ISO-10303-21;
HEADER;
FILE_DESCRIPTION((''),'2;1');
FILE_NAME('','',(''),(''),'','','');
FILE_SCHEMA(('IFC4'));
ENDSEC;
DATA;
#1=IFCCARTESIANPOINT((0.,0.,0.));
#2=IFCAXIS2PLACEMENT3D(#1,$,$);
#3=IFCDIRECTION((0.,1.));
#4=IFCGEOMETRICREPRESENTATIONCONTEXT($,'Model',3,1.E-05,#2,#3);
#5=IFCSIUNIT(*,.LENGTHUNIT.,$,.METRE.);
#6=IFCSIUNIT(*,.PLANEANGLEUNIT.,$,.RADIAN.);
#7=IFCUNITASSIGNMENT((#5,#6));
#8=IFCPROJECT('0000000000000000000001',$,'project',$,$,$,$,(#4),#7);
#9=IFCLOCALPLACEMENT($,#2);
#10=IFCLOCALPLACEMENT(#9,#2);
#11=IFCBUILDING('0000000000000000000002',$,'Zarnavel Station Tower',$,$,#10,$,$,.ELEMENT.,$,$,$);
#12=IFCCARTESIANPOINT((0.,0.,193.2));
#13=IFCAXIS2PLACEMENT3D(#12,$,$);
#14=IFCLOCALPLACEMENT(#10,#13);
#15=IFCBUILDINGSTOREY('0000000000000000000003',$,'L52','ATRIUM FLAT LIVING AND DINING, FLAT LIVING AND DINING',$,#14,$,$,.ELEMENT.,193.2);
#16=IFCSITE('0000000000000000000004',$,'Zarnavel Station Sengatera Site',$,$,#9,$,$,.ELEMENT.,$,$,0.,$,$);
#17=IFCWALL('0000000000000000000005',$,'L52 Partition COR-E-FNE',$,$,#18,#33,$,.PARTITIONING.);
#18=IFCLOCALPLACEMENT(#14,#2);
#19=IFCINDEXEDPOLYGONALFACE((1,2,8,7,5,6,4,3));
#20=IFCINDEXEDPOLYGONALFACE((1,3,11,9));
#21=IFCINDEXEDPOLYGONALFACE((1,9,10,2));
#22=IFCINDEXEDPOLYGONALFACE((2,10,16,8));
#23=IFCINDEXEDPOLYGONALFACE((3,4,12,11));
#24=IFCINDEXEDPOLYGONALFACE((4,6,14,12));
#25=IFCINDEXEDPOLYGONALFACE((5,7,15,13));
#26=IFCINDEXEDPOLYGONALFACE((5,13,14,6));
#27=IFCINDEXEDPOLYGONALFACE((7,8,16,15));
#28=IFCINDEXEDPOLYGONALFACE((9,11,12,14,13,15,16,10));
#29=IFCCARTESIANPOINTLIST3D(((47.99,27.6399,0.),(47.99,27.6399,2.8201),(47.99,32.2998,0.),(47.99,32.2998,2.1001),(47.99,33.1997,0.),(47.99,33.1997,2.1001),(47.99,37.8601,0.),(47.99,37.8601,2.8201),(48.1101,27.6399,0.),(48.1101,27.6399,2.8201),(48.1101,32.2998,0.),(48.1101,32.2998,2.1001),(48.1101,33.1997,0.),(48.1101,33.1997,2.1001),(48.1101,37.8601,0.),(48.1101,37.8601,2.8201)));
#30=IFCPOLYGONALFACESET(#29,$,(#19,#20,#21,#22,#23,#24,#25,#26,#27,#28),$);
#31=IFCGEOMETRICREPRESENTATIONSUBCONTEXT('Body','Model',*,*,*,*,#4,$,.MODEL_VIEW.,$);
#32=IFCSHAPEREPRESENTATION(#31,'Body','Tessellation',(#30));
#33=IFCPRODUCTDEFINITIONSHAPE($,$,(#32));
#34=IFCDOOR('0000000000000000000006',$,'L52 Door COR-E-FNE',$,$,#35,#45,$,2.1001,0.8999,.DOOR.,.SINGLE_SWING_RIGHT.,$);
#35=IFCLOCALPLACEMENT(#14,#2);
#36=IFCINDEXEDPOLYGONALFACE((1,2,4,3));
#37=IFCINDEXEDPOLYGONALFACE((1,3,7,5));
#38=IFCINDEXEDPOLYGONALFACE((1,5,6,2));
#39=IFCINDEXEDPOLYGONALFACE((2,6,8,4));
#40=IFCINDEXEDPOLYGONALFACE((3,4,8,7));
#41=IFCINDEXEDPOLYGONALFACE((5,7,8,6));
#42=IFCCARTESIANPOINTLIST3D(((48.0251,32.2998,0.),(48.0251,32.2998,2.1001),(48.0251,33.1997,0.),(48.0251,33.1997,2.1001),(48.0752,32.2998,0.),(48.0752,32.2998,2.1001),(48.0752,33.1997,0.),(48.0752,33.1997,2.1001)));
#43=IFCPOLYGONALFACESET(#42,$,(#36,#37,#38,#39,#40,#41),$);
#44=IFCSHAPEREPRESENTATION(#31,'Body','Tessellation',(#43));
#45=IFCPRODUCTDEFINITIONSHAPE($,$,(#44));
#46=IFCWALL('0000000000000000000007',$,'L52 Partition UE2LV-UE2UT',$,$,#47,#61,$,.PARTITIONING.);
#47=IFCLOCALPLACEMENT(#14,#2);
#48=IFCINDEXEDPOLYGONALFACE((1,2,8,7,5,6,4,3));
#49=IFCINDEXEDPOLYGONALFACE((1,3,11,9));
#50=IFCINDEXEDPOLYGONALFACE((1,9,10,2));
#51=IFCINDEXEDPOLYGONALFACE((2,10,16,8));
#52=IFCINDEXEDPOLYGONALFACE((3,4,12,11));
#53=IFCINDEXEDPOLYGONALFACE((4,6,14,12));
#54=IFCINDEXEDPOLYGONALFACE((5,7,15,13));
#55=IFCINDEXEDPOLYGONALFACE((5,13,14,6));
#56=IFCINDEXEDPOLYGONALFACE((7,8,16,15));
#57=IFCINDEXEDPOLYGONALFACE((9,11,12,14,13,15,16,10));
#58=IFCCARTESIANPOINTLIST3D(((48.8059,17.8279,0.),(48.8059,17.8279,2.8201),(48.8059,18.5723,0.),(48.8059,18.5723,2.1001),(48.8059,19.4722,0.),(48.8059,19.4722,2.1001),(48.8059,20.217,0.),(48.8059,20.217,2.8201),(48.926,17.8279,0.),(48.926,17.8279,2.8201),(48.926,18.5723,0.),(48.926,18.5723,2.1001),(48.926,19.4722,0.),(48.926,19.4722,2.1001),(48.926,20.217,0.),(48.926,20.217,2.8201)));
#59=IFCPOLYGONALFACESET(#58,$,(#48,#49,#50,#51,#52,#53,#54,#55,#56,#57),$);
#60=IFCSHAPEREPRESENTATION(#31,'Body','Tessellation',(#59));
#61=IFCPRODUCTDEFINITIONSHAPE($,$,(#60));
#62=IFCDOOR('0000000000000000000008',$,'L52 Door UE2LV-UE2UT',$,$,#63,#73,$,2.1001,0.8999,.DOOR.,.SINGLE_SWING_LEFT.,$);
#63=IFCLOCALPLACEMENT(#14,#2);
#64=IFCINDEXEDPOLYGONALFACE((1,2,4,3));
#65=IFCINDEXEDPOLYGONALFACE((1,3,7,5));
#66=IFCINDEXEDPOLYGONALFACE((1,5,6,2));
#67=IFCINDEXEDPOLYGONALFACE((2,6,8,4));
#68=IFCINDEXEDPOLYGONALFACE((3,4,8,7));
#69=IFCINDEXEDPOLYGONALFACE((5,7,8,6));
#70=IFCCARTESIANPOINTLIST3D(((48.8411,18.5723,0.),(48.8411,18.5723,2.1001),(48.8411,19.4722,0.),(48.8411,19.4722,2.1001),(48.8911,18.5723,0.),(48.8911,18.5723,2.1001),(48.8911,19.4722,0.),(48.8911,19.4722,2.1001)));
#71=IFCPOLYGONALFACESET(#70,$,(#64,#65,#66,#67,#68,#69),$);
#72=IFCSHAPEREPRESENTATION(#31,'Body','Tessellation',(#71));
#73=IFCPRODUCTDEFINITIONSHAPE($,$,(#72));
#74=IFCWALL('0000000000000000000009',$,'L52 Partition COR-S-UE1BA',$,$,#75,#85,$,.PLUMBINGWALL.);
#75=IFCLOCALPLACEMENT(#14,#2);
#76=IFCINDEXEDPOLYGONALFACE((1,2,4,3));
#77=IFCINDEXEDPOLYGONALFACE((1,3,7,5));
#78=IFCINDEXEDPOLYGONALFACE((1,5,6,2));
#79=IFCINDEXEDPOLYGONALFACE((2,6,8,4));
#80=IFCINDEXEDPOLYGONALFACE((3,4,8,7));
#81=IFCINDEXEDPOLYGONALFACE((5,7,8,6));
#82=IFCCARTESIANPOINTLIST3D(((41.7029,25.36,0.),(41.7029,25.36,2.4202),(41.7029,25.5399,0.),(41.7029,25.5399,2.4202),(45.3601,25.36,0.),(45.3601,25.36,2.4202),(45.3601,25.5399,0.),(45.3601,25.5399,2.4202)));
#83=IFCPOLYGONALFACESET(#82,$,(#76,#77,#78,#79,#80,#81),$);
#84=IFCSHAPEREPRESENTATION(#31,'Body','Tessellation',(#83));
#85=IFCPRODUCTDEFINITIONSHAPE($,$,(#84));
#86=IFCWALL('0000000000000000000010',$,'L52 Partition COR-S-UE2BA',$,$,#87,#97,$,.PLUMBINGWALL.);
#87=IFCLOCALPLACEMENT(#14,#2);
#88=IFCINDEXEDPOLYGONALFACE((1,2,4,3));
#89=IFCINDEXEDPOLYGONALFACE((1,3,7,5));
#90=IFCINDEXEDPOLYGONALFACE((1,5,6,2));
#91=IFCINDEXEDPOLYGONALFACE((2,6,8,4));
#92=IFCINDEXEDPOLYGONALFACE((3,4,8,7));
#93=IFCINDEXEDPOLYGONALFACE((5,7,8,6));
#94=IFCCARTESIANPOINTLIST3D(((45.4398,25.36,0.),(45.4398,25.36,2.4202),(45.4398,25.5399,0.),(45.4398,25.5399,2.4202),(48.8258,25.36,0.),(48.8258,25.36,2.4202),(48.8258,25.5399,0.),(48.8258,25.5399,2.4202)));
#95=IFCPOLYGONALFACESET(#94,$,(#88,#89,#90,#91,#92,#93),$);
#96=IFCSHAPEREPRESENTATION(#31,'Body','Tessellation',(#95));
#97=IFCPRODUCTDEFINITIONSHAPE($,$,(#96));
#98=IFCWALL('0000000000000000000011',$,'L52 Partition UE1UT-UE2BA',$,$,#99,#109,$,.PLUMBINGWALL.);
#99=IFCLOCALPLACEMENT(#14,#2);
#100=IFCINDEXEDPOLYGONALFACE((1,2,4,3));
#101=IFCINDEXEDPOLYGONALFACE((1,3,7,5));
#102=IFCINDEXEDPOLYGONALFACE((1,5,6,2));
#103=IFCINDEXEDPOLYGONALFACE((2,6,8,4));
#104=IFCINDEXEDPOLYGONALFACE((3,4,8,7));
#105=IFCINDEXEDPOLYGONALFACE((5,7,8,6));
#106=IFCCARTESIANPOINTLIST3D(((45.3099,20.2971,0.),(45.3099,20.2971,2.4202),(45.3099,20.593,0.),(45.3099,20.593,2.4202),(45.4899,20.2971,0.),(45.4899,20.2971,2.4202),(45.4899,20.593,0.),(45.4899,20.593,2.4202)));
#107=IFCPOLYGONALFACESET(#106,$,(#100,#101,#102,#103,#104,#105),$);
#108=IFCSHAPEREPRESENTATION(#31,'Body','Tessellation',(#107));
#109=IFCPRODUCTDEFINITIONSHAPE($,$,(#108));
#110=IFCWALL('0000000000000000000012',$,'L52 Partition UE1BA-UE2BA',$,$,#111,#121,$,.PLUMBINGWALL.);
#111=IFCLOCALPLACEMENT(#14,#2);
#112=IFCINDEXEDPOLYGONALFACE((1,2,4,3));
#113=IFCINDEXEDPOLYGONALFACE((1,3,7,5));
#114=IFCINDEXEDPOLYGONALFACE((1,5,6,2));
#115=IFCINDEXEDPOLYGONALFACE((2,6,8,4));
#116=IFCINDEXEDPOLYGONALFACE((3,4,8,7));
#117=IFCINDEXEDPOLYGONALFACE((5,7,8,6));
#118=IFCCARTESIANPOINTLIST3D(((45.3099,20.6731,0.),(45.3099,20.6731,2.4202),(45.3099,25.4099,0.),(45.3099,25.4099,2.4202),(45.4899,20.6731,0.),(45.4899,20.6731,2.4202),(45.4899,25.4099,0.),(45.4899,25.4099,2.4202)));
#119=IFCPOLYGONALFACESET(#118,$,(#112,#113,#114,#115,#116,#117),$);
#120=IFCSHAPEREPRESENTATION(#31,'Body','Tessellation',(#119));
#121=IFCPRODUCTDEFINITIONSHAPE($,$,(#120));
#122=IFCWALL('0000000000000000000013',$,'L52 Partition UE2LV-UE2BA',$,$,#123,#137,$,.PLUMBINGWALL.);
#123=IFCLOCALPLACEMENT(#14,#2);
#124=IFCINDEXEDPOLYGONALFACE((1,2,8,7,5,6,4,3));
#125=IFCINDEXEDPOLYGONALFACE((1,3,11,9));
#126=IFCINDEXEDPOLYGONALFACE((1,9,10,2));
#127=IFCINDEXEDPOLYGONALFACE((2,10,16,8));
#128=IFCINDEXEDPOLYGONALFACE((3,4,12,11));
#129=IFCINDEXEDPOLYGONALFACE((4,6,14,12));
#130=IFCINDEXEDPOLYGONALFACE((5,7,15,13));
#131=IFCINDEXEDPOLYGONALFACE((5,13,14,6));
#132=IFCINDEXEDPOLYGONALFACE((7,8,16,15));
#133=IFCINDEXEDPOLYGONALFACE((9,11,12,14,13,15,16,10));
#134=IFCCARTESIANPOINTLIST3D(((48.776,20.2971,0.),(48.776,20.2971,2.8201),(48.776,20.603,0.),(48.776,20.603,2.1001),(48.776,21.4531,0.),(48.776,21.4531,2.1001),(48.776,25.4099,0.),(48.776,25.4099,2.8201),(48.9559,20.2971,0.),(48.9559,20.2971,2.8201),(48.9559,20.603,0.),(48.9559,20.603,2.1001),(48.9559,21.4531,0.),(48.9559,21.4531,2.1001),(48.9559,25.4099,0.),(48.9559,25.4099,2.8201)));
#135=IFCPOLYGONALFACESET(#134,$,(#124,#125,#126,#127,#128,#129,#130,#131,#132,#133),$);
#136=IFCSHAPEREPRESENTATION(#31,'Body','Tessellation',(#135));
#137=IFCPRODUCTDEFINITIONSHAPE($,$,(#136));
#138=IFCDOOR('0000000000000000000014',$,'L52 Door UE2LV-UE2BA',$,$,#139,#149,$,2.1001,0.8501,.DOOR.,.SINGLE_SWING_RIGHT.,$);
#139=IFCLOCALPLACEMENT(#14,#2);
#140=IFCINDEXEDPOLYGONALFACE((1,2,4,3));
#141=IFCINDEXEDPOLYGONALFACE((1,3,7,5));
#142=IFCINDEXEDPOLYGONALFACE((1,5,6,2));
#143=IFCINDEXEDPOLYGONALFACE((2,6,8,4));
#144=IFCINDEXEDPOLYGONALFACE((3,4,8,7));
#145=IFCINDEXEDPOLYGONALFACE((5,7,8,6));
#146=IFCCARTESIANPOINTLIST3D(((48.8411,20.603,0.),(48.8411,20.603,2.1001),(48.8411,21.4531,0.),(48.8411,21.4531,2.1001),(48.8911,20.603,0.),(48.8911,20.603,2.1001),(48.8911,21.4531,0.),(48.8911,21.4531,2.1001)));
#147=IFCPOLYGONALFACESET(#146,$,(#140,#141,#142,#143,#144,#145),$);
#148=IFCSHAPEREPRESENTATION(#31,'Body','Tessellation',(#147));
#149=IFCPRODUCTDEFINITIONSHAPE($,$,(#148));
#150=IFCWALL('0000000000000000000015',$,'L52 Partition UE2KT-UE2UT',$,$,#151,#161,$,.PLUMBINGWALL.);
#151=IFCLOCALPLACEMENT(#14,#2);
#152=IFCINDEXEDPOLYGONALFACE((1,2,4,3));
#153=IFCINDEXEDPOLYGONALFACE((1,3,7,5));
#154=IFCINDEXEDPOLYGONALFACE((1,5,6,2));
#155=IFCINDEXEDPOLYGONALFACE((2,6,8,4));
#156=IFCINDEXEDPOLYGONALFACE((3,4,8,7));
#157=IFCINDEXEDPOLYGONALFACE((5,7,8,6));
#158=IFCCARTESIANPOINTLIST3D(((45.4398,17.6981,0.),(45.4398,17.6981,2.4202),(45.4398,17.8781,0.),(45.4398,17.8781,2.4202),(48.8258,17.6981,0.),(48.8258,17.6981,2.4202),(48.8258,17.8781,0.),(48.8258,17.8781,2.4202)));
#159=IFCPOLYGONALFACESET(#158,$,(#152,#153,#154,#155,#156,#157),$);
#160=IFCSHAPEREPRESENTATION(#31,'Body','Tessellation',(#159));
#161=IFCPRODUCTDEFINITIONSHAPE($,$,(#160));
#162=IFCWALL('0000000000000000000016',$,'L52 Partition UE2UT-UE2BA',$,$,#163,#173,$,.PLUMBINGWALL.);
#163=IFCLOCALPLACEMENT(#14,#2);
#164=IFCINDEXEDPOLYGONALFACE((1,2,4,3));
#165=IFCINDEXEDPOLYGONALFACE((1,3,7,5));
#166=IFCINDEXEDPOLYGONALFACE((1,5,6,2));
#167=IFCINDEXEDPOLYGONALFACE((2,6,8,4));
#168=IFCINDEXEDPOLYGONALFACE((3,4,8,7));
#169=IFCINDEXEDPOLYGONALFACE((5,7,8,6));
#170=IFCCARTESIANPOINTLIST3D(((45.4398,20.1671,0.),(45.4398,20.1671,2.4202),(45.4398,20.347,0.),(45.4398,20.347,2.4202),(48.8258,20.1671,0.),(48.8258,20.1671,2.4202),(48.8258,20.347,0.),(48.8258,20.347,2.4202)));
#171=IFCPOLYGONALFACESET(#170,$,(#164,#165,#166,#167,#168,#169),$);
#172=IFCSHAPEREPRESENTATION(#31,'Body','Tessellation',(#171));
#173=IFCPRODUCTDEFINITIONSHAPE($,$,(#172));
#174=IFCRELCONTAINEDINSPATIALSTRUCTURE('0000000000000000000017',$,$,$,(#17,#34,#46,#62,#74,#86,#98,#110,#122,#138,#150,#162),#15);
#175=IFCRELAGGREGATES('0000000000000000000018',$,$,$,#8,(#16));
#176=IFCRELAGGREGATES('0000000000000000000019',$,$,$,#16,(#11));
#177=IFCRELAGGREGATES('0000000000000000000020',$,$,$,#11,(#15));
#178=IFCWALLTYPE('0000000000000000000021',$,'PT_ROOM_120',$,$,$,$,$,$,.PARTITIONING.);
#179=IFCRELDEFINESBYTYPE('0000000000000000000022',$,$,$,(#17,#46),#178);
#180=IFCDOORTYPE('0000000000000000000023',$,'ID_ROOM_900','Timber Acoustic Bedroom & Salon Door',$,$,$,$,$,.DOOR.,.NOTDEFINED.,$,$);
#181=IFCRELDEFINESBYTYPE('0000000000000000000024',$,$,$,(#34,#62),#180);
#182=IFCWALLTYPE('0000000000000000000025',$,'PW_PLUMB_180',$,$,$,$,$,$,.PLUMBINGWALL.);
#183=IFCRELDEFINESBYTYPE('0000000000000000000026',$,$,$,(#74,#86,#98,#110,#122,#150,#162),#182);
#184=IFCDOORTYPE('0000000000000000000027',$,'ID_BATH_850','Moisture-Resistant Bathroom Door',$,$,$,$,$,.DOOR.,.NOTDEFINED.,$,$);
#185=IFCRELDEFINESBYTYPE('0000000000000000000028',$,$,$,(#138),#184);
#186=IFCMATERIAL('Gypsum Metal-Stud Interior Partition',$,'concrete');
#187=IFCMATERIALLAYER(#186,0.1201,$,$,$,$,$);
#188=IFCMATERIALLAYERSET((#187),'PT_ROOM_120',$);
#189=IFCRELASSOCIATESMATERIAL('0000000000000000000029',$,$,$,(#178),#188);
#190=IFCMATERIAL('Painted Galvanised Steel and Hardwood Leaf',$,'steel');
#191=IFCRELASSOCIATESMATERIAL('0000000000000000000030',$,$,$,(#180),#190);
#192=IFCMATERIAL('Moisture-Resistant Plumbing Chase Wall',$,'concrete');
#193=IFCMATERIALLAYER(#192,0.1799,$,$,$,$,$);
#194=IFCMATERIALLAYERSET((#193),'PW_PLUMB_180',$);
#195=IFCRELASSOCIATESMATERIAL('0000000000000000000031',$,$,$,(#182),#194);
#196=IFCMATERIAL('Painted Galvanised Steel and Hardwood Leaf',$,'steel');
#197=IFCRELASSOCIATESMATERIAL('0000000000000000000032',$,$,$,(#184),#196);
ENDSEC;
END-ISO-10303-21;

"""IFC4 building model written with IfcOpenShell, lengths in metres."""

from ifc_helpers import new_model, si_unit, direction, frame, frame_2d, origin, place, context, subcontext, project, spatial, rectangle, extrude, material, layer, layer_set, type_object, element, fill, save


model = new_model("IFC4")

# Units and contexts
model_context = context("Model", 3, precision=1e-05, world=origin(), true_north=direction((0.0, 1.0)))
body_context = subcontext(model_context, "Body", "Model", "MODEL_VIEW")
ifc_project = project(units=[si_unit("LENGTHUNIT", "METRE"), si_unit("PLANEANGLEUNIT", "RADIAN")], contexts=[model_context])

# Site, building, storey
site_placement = place(None, origin())
site = spatial("IfcSite", under=ifc_project, at=site_placement, Name="Zarnavel Station Sengatera Site", CompositionType="ELEMENT", RefElevation=0.0)
building_placement = place(site_placement, origin())
building = spatial("IfcBuilding", under=site, at=building_placement, Name="Zarnavel Station Tower", CompositionType="ELEMENT")
storey_placement = place(building_placement, frame((0.0, 0.0, 193.2)))
storey = spatial("IfcBuildingStorey", under=building, at=storey_placement, Name="L52", Description="ATRIUM FLAT LIVING AND DINING, FLAT LIVING AND DINING", CompositionType="ELEMENT", Elevation=193.2)

# Walls, openings, doors
ifc_material_1 = material(Name="Gypsum Metal-Stud Interior Partition", Category="concrete")
ifc_layer_1 = layer(ifc_material_1, 0.1201)
ifc_layer_set_1 = layer_set([ifc_layer_1], Name="PT_ROOM_120")
wall_type_1 = type_object("IfcWallType", Name="PT_ROOM_120", PredefinedType="PARTITIONING", material=ifc_layer_set_1)
ifc_material_2 = material(Name="Painted Galvanised Steel and Hardwood Leaf", Category="steel")
door_type_1 = type_object("IfcDoorType", Name="ID_ROOM_900", Description="Timber Acoustic Bedroom & Salon Door", OperationType="NOTDEFINED", PredefinedType="DOOR", material=ifc_material_2)
wall_1_placement = place(storey_placement, frame((48.05, 27.6399, 0.0), z_axis=(0.0, 0.0, 1.0), x_axis=(0.0, 1.0, 0.0)))
wall_1 = element("IfcWall", 1, at=wall_1_placement, inside=storey, type_object=wall_type_1, Name="L52 Partition COR-E-FNE", PredefinedType="PARTITIONING", context=body_context, shape_type="SweptSolid", body=[
    extrude(rectangle(XDim=10.2202, YDim=0.1201, at=frame_2d((5.1101, 0.0))), origin(), (0.0, 0.0, 1.0), 2.8201),
])
opening_1_placement = place(wall_1_placement, frame((4.6599, 0.0, 0.0)))
opening_1 = element("IfcOpeningElement", 2, at=opening_1_placement, cuts=wall_1, PredefinedType="OPENING", context=body_context, shape_type="SweptSolid", body=[
    extrude(rectangle(XDim=0.8999, YDim=2.1001, at=frame_2d((0.45, 1.05))), frame((0.0, 0.0701, 0.0), z_axis=(0.0, -1.0, 0.0), x_axis=(1.0, 0.0, 0.0)), (0.0, 0.0, 1.0), 0.1401),
])
door_1_placement = place(opening_1_placement, origin())
door_1 = element("IfcDoor", 3, at=door_1_placement, inside=storey, type_object=door_type_1, Name="L52 Door COR-E-FNE", OperationType="SINGLE_SWING_RIGHT", OverallHeight=2.1001, OverallWidth=0.8999, PredefinedType="DOOR", context=body_context, shape_type="SweptSolid", body=[
    extrude(rectangle(XDim=0.8999, YDim=2.1001, at=frame_2d((0.45, 1.05))), frame((0.0, 0.0249, 0.0), z_axis=(0.0, -1.0, 0.0), x_axis=(1.0, 0.0, 0.0)), (0.0, 0.0, 1.0), 0.05),
])
fill(opening_1, door_1)
wall_2_placement = place(storey_placement, frame((48.866, 17.8279, 0.0), z_axis=(0.0, 0.0, 1.0), x_axis=(0.0, 1.0, 0.0)))
wall_2 = element("IfcWall", 4, at=wall_2_placement, inside=storey, type_object=wall_type_1, Name="L52 Partition UE2LV-UE2UT", PredefinedType="PARTITIONING", context=body_context, shape_type="SweptSolid", body=[
    extrude(rectangle(XDim=2.3892, YDim=0.1201, at=frame_2d((1.1946, 0.0))), origin(), (0.0, 0.0, 1.0), 2.8201),
])
opening_2_placement = place(wall_2_placement, frame((0.7444, 0.0, 0.0)))
opening_2 = element("IfcOpeningElement", 5, at=opening_2_placement, cuts=wall_2, PredefinedType="OPENING", context=body_context, shape_type="SweptSolid", body=[
    extrude(rectangle(XDim=0.8999, YDim=2.1001, at=frame_2d((0.45, 1.05))), frame((0.0, 0.0701, 0.0), z_axis=(0.0, -1.0, 0.0), x_axis=(1.0, 0.0, 0.0)), (0.0, 0.0, 1.0), 0.1401),
])
door_2_placement = place(opening_2_placement, origin())
door_2 = element("IfcDoor", 6, at=door_2_placement, inside=storey, type_object=door_type_1, Name="L52 Door UE2LV-UE2UT", OperationType="SINGLE_SWING_LEFT", OverallHeight=2.1001, OverallWidth=0.8999, PredefinedType="DOOR", context=body_context, shape_type="SweptSolid", body=[
    extrude(rectangle(XDim=0.8999, YDim=2.1001, at=frame_2d((0.45, 1.05))), frame((0.0, 0.0249, 0.0), z_axis=(0.0, -1.0, 0.0), x_axis=(1.0, 0.0, 0.0)), (0.0, 0.0, 1.0), 0.05),
])
fill(opening_2, door_2)

# Walls
ifc_material_3 = material(Name="Moisture-Resistant Plumbing Chase Wall", Category="concrete")
ifc_layer_2 = layer(ifc_material_3, 0.1799)
ifc_layer_set_2 = layer_set([ifc_layer_2], Name="PW_PLUMB_180")
wall_type_2 = type_object("IfcWallType", Name="PW_PLUMB_180", PredefinedType="PLUMBINGWALL", material=ifc_layer_set_2)
wall_3_placement = place(storey_placement, frame((41.7029, 25.45, 0.0), z_axis=(0.0, 0.0, 1.0), x_axis=(1.0, 0.0, 0.0)))
element("IfcWall", 7, at=wall_3_placement, inside=storey, type_object=wall_type_2, Name="L52 Partition COR-S-UE1BA", PredefinedType="PLUMBINGWALL", context=body_context, shape_type="SweptSolid", body=[
    extrude(rectangle(XDim=3.6572, YDim=0.1799, at=frame_2d((1.8286, 0.0))), origin(), (0.0, 0.0, 1.0), 2.4202),
])
wall_4_placement = place(storey_placement, frame((45.4399, 25.45, 0.0), z_axis=(0.0, 0.0, 1.0), x_axis=(1.0, 0.0, 0.0)))
element("IfcWall", 8, at=wall_4_placement, inside=storey, type_object=wall_type_2, Name="L52 Partition COR-S-UE2BA", PredefinedType="PLUMBINGWALL", context=body_context, shape_type="SweptSolid", body=[
    extrude(rectangle(XDim=3.386, YDim=0.1799, at=frame_2d((1.6929, 0.0))), origin(), (0.0, 0.0, 1.0), 2.4202),
])
wall_5_placement = place(storey_placement, frame((45.3999, 20.2971, 0.0), z_axis=(0.0, 0.0, 1.0), x_axis=(0.0, 1.0, 0.0)))
element("IfcWall", 9, at=wall_5_placement, inside=storey, type_object=wall_type_2, Name="L52 Partition UE1UT-UE2BA", PredefinedType="PLUMBINGWALL", context=body_context, shape_type="SweptSolid", body=[
    extrude(rectangle(XDim=0.2959, YDim=0.1799, at=frame_2d((0.1479, 0.0))), origin(), (0.0, 0.0, 1.0), 2.4202),
])
wall_6_placement = place(storey_placement, frame((45.3999, 20.6731, 0.0), z_axis=(0.0, 0.0, 1.0), x_axis=(0.0, 1.0, 0.0)))
element("IfcWall", 10, at=wall_6_placement, inside=storey, type_object=wall_type_2, Name="L52 Partition UE1BA-UE2BA", PredefinedType="PLUMBINGWALL", context=body_context, shape_type="SweptSolid", body=[
    extrude(rectangle(XDim=4.7368, YDim=0.1799, at=frame_2d((2.3684, 0.0))), origin(), (0.0, 0.0, 1.0), 2.4202),
])

# Wall, opening, door
wall_7_placement = place(storey_placement, frame((48.866, 20.2971, 0.0), z_axis=(0.0, 0.0, 1.0), x_axis=(0.0, 1.0, 0.0)))
wall_7 = element("IfcWall", 11, at=wall_7_placement, inside=storey, type_object=wall_type_2, Name="L52 Partition UE2LV-UE2BA", PredefinedType="PLUMBINGWALL", context=body_context, shape_type="SweptSolid", body=[
    extrude(rectangle(XDim=5.1128, YDim=0.1799, at=frame_2d((2.5564, 0.0))), origin(), (0.0, 0.0, 1.0), 2.8201),
])
opening_3_placement = place(wall_7_placement, frame((0.3059, 0.0, 0.0)))
opening_3 = element("IfcOpeningElement", 12, at=opening_3_placement, cuts=wall_7, PredefinedType="OPENING", context=body_context, shape_type="SweptSolid", body=[
    extrude(rectangle(XDim=0.8501, YDim=2.1001, at=frame_2d((0.425, 1.05))), frame((0.0, 0.0999, 0.0), z_axis=(0.0, -1.0, 0.0), x_axis=(1.0, 0.0, 0.0)), (0.0, 0.0, 1.0), 0.2),
])
ifc_material_4 = material(Name="Painted Galvanised Steel and Hardwood Leaf", Category="steel")
door_type_2 = type_object("IfcDoorType", Name="ID_BATH_850", Description="Moisture-Resistant Bathroom Door", OperationType="NOTDEFINED", PredefinedType="DOOR", material=ifc_material_4)
door_3_placement = place(opening_3_placement, origin())
door_3 = element("IfcDoor", 13, at=door_3_placement, inside=storey, type_object=door_type_2, Name="L52 Door UE2LV-UE2BA", OperationType="SINGLE_SWING_RIGHT", OverallHeight=2.1001, OverallWidth=0.8501, PredefinedType="DOOR", context=body_context, shape_type="SweptSolid", body=[
    extrude(rectangle(XDim=0.8501, YDim=2.1001, at=frame_2d((0.425, 1.05))), frame((0.0, 0.0249, 0.0), z_axis=(0.0, -1.0, 0.0), x_axis=(1.0, 0.0, 0.0)), (0.0, 0.0, 1.0), 0.05),
])
fill(opening_3, door_3)

# Walls
for number, where, z_axis, x_axis, name in (
    (14, (45.4399, 17.7881, 0.0), (0.0, 0.0, 1.0), (1.0, 0.0, 0.0), "L52 Partition UE2KT-UE2UT"),
    (15, (45.4399, 20.2571, 0.0), (0.0, 0.0, 1.0), (1.0, 0.0, 0.0), "L52 Partition UE2UT-UE2BA"),
):
    element("IfcWall", number, at=place(storey_placement, frame(where, z_axis=z_axis, x_axis=x_axis)), inside=storey, type_object=wall_type_2, Name=name, PredefinedType="PLUMBINGWALL", context=body_context, shape_type="SweptSolid", body=[
        extrude(rectangle(XDim=3.386, YDim=0.1799, at=frame_2d((1.6929, 0.0))), origin(), (0.0, 0.0, 1.0), 2.4202),
    ])

save(model, "model.ifc")
